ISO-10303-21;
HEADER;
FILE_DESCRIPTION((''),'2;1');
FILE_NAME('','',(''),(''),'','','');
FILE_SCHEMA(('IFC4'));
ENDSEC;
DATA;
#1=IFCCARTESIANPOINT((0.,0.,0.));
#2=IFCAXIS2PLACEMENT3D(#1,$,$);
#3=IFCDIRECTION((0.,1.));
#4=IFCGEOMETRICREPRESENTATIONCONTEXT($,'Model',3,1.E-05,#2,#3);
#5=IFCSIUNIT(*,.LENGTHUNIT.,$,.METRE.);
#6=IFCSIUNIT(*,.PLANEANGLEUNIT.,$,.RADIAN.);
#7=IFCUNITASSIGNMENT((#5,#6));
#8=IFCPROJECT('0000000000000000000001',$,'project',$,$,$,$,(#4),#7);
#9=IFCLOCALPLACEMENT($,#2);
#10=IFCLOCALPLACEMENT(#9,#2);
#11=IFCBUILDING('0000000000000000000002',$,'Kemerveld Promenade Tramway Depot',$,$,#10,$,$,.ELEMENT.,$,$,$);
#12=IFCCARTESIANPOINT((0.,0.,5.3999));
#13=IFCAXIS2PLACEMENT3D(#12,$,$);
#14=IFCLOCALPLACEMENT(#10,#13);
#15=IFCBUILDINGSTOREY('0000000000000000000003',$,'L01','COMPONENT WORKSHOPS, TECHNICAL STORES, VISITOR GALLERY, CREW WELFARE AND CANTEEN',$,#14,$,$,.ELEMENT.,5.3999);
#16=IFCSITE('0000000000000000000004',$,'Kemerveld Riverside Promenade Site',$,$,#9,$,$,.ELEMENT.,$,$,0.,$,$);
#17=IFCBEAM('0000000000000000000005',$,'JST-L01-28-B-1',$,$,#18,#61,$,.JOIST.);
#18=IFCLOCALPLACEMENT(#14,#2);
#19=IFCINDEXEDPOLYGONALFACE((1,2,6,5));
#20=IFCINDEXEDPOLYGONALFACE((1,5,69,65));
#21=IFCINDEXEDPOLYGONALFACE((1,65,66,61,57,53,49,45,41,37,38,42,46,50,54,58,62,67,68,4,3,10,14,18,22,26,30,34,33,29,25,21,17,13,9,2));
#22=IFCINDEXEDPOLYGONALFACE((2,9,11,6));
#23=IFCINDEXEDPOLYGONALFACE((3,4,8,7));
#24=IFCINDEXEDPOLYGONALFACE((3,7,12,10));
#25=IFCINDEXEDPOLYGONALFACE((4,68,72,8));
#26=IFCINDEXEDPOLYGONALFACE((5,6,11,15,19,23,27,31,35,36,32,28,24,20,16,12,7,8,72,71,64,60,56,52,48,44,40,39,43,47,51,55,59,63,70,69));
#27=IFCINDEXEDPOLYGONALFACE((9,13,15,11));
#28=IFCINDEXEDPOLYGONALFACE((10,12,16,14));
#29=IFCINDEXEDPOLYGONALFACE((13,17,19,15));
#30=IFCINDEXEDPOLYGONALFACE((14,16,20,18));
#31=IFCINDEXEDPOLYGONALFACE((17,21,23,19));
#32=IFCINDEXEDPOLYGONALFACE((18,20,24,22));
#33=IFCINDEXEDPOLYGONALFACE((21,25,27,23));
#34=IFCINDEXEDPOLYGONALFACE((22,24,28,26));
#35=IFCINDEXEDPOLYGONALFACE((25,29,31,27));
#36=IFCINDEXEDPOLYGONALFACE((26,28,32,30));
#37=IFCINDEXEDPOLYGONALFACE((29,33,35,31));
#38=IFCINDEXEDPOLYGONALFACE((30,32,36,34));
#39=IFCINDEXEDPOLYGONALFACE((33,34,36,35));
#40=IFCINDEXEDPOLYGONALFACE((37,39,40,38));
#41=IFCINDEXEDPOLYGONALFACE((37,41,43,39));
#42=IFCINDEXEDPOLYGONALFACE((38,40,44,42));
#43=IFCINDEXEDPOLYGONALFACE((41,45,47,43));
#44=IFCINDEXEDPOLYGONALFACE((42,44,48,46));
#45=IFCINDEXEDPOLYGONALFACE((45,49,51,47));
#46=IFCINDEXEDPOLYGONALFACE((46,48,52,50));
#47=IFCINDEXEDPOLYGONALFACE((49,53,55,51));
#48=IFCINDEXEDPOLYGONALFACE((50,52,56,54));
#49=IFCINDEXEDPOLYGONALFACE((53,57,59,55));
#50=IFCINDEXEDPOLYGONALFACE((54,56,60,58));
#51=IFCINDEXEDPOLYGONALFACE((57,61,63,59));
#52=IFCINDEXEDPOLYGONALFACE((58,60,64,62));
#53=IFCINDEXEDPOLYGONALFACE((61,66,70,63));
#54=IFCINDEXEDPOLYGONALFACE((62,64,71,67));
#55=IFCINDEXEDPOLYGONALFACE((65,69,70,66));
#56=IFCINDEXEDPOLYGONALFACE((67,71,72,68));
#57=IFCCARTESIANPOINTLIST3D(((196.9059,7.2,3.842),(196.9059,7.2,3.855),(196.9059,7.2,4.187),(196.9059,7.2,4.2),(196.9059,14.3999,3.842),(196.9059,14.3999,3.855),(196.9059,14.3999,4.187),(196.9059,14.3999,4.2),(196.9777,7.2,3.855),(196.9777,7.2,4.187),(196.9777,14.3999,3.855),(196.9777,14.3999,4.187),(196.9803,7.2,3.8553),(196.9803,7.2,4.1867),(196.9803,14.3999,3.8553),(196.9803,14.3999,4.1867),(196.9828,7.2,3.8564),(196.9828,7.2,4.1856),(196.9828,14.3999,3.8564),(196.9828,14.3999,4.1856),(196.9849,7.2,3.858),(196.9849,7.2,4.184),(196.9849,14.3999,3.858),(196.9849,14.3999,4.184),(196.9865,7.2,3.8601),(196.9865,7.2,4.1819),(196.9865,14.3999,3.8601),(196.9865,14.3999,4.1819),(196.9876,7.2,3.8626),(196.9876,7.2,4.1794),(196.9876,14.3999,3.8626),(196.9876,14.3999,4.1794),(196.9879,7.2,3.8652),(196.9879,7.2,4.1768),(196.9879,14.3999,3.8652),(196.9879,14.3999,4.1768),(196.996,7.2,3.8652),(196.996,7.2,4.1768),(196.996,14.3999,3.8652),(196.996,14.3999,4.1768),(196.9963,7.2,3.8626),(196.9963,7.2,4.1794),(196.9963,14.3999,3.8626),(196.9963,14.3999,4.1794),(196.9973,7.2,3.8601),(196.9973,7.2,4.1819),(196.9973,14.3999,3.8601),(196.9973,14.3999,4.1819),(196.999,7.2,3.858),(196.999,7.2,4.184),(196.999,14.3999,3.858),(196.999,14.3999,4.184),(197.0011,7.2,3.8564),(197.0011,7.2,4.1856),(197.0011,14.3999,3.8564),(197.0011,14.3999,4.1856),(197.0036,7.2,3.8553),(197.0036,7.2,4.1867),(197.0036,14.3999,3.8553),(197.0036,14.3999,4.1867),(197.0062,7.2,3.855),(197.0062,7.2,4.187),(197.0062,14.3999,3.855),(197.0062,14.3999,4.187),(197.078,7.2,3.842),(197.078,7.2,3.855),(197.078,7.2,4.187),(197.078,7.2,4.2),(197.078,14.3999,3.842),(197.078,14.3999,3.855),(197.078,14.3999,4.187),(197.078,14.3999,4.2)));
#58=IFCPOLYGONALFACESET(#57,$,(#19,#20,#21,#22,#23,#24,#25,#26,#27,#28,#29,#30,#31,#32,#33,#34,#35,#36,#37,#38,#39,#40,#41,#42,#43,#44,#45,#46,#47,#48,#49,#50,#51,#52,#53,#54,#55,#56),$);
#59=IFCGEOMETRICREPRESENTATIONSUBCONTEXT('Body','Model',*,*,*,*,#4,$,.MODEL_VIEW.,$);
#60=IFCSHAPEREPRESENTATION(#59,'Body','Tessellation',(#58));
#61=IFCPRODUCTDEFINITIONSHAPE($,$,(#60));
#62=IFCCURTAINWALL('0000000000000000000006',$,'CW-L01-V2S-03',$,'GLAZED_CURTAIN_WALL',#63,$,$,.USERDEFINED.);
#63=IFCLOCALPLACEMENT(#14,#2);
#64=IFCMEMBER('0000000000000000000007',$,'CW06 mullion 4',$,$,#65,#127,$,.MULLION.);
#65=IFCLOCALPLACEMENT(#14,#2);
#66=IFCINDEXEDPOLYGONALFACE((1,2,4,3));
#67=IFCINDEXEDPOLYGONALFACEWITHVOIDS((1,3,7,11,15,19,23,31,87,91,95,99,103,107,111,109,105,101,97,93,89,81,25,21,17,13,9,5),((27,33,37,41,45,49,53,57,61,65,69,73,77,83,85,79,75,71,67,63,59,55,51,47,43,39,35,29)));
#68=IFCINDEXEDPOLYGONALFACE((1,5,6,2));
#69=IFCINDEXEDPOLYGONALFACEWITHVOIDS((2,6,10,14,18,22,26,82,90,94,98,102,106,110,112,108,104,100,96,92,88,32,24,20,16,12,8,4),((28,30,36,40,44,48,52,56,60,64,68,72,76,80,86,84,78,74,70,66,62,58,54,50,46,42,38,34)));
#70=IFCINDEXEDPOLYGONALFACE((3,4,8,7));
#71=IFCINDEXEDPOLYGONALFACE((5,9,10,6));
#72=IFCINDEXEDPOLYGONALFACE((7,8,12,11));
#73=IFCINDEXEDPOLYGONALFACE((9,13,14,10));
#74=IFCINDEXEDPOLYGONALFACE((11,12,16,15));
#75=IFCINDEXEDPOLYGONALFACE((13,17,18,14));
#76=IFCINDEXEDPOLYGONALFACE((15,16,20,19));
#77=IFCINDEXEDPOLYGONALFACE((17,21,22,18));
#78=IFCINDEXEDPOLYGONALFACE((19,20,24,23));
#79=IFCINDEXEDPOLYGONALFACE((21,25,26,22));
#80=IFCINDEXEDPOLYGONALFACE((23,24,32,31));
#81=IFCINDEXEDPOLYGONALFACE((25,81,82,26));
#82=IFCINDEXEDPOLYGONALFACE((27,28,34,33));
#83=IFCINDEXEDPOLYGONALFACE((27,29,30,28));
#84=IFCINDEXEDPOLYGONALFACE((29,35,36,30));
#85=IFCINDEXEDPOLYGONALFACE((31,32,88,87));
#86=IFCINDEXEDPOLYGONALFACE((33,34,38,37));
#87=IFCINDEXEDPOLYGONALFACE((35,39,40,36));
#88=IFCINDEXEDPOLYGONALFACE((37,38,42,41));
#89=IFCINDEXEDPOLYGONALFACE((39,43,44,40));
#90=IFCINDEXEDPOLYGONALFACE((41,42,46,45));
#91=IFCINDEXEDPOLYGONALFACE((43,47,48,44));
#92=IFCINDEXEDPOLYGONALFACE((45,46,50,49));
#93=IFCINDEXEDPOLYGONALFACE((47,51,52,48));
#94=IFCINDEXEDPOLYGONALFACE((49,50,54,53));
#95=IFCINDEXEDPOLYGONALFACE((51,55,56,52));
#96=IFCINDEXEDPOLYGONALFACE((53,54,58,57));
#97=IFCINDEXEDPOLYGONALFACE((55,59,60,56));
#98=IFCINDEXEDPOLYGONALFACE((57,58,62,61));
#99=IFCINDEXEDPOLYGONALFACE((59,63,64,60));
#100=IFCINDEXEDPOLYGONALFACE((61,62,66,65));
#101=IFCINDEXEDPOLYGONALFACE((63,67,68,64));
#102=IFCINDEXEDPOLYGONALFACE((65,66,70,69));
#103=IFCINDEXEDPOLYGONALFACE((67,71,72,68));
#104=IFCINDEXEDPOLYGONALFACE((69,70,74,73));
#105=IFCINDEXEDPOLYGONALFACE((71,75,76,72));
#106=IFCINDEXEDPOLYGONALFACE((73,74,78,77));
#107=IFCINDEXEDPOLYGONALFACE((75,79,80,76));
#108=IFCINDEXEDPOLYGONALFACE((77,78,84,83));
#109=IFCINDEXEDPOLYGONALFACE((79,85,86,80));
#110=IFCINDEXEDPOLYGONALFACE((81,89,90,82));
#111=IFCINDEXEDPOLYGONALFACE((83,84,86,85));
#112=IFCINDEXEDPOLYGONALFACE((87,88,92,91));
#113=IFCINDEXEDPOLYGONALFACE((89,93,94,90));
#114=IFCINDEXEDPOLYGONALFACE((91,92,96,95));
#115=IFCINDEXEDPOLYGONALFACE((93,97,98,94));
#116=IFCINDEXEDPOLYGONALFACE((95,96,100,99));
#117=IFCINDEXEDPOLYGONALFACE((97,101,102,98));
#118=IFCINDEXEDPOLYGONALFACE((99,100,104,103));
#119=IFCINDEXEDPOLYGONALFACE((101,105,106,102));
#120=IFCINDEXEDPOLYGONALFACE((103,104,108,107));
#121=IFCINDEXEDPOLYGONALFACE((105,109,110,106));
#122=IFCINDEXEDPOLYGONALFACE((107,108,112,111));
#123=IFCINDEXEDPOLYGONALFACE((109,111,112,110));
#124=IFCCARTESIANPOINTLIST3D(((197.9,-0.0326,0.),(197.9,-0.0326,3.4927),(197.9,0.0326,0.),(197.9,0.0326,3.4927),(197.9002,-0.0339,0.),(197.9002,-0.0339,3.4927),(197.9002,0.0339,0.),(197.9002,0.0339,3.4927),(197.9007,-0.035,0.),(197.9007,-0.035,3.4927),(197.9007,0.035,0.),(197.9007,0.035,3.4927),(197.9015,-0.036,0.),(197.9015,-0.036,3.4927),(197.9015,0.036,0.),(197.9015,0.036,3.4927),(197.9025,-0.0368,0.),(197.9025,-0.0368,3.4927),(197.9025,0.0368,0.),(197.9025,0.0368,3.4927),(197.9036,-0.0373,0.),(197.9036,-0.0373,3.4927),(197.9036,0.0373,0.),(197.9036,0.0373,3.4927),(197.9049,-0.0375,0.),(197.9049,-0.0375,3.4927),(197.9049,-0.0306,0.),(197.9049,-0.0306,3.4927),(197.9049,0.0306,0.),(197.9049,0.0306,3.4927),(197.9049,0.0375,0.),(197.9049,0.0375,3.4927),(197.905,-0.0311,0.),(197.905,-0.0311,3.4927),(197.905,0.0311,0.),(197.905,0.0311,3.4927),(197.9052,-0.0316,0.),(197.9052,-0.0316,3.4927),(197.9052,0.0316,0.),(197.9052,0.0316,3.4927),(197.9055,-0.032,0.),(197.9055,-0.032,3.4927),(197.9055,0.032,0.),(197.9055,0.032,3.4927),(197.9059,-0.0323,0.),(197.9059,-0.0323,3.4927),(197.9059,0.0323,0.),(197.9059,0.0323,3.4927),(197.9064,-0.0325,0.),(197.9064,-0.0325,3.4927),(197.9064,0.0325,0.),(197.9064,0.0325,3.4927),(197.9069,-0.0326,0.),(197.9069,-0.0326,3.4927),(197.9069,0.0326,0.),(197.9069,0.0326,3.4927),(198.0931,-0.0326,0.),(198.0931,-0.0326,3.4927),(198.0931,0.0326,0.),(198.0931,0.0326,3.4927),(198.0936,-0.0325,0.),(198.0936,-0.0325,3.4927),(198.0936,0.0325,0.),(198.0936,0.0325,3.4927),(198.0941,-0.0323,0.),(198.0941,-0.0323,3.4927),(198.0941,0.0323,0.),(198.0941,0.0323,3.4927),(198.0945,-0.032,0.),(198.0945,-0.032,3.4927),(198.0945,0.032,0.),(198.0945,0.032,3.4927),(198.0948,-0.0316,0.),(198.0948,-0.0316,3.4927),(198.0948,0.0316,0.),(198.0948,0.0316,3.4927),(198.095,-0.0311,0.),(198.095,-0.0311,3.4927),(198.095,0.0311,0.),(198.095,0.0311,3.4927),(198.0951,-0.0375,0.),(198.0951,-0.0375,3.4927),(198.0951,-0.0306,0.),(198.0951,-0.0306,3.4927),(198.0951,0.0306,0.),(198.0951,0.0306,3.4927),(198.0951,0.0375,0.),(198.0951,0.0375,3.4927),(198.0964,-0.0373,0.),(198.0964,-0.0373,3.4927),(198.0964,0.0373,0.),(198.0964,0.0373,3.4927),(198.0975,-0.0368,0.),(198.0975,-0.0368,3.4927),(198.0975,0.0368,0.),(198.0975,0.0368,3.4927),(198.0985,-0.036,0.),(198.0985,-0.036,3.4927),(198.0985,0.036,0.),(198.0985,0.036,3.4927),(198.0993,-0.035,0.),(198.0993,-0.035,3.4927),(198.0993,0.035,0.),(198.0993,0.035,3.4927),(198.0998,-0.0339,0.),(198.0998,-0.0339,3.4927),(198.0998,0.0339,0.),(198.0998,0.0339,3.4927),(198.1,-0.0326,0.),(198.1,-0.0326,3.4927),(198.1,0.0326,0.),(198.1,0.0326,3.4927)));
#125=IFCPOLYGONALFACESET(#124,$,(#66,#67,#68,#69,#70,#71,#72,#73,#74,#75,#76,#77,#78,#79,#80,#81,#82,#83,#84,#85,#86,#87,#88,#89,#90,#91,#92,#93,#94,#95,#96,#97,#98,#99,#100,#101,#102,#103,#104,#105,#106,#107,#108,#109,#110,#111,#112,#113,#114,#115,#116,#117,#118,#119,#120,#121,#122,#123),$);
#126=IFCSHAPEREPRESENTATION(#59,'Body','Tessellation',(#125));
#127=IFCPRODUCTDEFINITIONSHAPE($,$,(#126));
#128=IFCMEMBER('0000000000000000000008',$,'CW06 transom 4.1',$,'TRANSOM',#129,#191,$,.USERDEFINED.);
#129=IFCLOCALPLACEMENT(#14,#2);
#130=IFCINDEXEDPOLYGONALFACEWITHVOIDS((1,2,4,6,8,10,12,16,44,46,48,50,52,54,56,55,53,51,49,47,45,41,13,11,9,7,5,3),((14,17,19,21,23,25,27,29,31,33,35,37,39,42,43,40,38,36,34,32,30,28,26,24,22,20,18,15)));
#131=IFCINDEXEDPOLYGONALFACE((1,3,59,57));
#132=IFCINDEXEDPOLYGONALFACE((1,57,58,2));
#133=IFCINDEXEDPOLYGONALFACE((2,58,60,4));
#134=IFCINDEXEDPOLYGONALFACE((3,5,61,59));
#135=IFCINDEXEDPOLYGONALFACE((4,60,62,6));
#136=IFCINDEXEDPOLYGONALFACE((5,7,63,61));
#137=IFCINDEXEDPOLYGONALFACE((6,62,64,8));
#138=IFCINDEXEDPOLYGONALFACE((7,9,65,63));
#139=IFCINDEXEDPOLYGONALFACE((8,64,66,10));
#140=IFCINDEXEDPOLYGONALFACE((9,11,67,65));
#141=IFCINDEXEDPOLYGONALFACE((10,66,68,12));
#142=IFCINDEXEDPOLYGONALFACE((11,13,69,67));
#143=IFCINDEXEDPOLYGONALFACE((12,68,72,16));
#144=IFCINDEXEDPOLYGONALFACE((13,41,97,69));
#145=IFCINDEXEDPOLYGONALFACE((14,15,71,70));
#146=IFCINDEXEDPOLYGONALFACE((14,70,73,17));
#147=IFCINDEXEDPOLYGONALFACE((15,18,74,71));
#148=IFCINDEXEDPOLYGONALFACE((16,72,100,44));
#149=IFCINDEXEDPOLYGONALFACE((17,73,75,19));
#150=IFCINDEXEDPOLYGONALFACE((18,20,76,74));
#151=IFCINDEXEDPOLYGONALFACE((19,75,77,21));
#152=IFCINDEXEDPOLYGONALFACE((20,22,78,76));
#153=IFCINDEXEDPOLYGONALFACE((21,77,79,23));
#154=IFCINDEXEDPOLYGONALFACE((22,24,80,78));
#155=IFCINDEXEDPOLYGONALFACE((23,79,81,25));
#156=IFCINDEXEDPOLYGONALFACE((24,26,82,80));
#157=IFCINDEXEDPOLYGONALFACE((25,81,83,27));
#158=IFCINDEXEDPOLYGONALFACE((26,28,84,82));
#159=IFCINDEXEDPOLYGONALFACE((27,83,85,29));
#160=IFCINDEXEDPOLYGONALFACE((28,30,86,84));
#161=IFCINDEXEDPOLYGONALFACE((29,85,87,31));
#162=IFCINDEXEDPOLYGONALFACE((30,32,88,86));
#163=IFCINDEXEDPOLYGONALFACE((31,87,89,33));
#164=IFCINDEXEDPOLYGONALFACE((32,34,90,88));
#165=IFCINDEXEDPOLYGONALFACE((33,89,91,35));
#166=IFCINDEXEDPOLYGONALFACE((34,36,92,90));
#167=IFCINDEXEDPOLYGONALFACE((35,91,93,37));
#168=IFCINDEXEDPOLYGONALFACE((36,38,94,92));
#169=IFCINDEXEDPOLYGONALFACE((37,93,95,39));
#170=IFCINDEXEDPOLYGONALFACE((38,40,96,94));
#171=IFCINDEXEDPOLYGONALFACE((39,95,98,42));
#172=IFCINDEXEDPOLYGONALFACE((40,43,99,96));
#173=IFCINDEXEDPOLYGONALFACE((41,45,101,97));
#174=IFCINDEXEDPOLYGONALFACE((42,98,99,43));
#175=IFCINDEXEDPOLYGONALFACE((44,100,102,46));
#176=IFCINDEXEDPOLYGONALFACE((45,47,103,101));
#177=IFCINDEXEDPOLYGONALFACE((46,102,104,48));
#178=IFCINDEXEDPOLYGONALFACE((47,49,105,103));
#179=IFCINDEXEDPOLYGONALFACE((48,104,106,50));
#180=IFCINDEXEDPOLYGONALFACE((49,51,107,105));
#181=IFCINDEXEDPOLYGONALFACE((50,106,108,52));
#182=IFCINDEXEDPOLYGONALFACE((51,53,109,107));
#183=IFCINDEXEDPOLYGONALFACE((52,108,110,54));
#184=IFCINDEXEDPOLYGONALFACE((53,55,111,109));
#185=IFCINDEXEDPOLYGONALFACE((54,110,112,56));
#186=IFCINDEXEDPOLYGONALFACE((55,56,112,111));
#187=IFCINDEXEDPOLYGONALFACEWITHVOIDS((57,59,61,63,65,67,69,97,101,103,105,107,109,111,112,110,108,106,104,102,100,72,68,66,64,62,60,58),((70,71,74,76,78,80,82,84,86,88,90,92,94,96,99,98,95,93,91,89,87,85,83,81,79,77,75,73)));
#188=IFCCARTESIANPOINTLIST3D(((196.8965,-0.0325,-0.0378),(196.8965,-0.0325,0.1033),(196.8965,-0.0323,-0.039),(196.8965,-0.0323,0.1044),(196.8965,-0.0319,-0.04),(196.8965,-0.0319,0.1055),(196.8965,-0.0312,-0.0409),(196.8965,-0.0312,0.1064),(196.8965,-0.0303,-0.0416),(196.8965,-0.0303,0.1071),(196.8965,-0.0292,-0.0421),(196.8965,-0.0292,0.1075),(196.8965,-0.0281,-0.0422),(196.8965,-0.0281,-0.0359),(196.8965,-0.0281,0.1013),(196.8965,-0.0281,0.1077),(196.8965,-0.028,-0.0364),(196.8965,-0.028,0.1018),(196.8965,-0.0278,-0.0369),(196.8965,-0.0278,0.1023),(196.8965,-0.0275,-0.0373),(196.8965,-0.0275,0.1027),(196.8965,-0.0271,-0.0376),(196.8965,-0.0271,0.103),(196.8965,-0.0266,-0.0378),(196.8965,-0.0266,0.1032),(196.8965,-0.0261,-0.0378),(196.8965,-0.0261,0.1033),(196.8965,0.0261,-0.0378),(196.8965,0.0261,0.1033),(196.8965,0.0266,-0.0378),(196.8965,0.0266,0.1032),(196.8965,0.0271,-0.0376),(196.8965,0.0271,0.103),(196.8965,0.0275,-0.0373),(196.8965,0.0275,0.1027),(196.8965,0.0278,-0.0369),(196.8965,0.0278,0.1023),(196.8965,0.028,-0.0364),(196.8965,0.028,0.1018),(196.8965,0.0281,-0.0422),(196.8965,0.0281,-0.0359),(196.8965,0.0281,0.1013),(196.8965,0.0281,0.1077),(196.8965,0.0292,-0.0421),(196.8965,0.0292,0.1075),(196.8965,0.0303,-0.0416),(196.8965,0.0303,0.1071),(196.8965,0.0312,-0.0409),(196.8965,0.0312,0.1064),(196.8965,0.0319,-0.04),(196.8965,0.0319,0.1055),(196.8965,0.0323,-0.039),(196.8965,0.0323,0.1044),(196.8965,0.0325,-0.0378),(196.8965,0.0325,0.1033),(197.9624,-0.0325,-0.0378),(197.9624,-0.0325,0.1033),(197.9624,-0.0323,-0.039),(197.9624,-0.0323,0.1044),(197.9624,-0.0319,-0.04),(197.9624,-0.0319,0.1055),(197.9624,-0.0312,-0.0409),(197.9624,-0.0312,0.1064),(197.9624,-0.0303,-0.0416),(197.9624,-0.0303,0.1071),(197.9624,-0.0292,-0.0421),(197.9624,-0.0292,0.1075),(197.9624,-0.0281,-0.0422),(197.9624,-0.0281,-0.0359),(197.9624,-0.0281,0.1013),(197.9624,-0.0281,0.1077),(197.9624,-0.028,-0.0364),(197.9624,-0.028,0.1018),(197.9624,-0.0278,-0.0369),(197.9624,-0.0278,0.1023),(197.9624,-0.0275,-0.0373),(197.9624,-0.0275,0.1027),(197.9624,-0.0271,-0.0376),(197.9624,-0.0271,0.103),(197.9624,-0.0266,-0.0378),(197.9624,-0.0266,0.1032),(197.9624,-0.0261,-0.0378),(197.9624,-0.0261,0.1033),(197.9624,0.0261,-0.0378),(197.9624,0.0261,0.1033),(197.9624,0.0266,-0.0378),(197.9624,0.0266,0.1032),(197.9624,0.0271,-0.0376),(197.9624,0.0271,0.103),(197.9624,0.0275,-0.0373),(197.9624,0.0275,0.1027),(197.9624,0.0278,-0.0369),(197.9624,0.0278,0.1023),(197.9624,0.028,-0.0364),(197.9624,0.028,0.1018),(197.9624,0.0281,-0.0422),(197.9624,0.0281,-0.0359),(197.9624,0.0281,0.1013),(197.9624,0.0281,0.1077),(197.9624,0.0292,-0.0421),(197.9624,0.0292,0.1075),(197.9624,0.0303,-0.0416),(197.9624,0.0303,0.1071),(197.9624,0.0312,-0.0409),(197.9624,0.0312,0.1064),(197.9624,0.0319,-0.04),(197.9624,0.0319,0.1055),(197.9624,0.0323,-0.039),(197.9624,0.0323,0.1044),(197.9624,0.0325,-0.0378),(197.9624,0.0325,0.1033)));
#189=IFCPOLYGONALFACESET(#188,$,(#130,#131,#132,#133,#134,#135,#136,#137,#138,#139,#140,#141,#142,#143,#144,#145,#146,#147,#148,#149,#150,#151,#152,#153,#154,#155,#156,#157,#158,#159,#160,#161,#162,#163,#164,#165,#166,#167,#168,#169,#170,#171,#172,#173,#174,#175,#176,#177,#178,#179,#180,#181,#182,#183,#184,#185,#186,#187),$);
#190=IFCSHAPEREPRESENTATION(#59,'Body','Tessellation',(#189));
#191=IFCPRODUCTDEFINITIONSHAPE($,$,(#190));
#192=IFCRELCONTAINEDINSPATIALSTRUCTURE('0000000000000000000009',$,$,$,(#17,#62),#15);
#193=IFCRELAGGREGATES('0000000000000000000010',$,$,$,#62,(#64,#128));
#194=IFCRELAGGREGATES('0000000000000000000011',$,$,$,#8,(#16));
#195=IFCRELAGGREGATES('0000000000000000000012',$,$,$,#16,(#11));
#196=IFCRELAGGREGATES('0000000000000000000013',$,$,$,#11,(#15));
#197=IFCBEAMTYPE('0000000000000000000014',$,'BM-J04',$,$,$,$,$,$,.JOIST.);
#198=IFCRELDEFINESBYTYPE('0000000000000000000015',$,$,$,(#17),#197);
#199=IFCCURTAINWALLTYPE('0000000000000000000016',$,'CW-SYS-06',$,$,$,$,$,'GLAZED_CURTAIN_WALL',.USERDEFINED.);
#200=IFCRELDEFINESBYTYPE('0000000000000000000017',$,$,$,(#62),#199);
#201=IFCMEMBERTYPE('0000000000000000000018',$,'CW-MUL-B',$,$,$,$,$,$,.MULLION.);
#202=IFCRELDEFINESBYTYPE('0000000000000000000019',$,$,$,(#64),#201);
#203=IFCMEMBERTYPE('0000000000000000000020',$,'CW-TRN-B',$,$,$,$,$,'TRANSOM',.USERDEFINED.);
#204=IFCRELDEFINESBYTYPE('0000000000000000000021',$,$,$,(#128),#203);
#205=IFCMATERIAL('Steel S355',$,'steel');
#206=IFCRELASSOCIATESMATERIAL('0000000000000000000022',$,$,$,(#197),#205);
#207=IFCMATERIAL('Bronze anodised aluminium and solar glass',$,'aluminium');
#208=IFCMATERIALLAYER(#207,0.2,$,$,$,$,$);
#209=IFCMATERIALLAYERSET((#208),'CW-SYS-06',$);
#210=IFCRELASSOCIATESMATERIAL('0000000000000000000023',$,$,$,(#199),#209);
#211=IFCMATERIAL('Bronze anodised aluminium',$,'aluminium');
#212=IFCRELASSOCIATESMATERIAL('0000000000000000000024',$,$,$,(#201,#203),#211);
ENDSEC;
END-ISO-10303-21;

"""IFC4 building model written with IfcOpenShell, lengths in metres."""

from ifc_helpers import new_model, si_unit, direction, frame, origin, origin_2d, place, context, subcontext, project, spatial, hollow_rectangle, i_section, extrude, material, layer, layer_set, material_profile, profile_set, type_object, element, aggregate, save


model = new_model("IFC4")

# Units and contexts
model_context = context("Model", 3, precision=1e-05, world=origin(), true_north=direction((0.0, 1.0)))
body_context = subcontext(model_context, "Body", "Model", "MODEL_VIEW")
ifc_project = project(units=[si_unit("LENGTHUNIT", "METRE"), si_unit("PLANEANGLEUNIT", "RADIAN")], contexts=[model_context])

# Site, building, storey
site_placement = place(None, origin())
site = spatial("IfcSite", under=ifc_project, at=site_placement, Name="Kemerveld Riverside Promenade Site", CompositionType="ELEMENT", RefElevation=0.0)
building_placement = place(site_placement, origin())
building = spatial("IfcBuilding", under=site, at=building_placement, Name="Kemerveld Promenade Tramway Depot", CompositionType="ELEMENT")
storey_placement = place(building_placement, frame((0.0, 0.0, 5.3999)))
storey = spatial("IfcBuildingStorey", under=building, at=storey_placement, Name="L01", Description="COMPONENT WORKSHOPS, TECHNICAL STORES, VISITOR GALLERY, CREW WELFARE AND CANTEEN", CompositionType="ELEMENT", Elevation=5.3999)

# Shared definitions
ifc_material_1 = material(Name="Steel S355", Category="steel")

# Beam
ifc_material_profile_1 = material_profile(ifc_material_1, i_section(OverallWidth=0.1721, OverallDepth=0.3579, WebThickness=0.0081, FlangeThickness=0.0129, FilletRadius=0.0103, at=origin_2d()), Name="356x171x57 UB")
ifc_profile_set_1 = profile_set([ifc_material_profile_1], Name="Steel S355")
beam_type_1 = type_object("IfcBeamType", Name="BM-J04", PredefinedType="JOIST", material=ifc_profile_set_1)
beam_1_placement = place(storey_placement, frame((196.9919, 7.2, 4.021), z_axis=(0.0, 1.0, 0.0), x_axis=(-1.0, 0.0, 0.0)))
element("IfcBeam", 1, at=beam_1_placement, inside=storey, type_object=beam_type_1, Name="JST-L01-28-B-1", PredefinedType="JOIST", context=body_context, shape_type="SweptSolid", body=[
    extrude(i_section(OverallWidth=0.1721, OverallDepth=0.3579, WebThickness=0.0081, FlangeThickness=0.0129, FilletRadius=0.0103, at=origin_2d()), origin(), (0.0, 0.0, 1.0), 7.2),
])

# Curtain wall, members
ifc_material_2 = material(Name="Bronze anodised aluminium and solar glass", Category="aluminium")
ifc_layer_1 = layer(ifc_material_2, 0.2)
ifc_layer_set_1 = layer_set([ifc_layer_1], Name="CW-SYS-06")
curtain_wall_type = type_object("IfcCurtainWallType", Name="CW-SYS-06", ElementType="GLAZED_CURTAIN_WALL", PredefinedType="USERDEFINED", material=ifc_layer_set_1)
curtain_wall_placement = place(storey_placement, origin())
curtain_wall = element("IfcCurtainWall", 2, at=curtain_wall_placement, inside=storey, type_object=curtain_wall_type, Name="CW-L01-V2S-03", ObjectType="GLAZED_CURTAIN_WALL", PredefinedType="USERDEFINED")
ifc_material_3 = material(Name="Bronze anodised aluminium", Category="aluminium")
ifc_material_profile_2 = material_profile(ifc_material_3, hollow_rectangle(XDim=0.075, YDim=0.2, WallThickness=0.0049, InnerFilletRadius=0.002, OuterFilletRadius=0.0049, at=origin_2d()), Name="CW-MUL-200x75")
ifc_profile_set_2 = profile_set([ifc_material_profile_2], Name="Bronze anodised aluminium")
member_type_1 = type_object("IfcMemberType", Name="CW-MUL-B", PredefinedType="MULLION", material=ifc_profile_set_2)
member_1_placement = place(storey_placement, frame((198.0, 0.0, 0.0), z_axis=(0.0, 0.0, 1.0), x_axis=(0.0, -1.0, 0.0)))
member_1 = element("IfcMember", 3, at=member_1_placement, type_object=member_type_1, Name="CW06 mullion 4", PredefinedType="MULLION", context=body_context, shape_type="SweptSolid", body=[
    extrude(hollow_rectangle(XDim=0.075, YDim=0.2, WallThickness=0.0049, InnerFilletRadius=0.002, OuterFilletRadius=0.0049, at=origin_2d()), origin(), (0.0, 0.0, 1.0), 3.4927),
])
ifc_material_profile_3 = material_profile(ifc_material_3, hollow_rectangle(XDim=0.0649, YDim=0.1499, WallThickness=0.0044, InnerFilletRadius=0.002, OuterFilletRadius=0.0044, at=origin_2d()), Name="CW-TRN-150x65")
ifc_profile_set_3 = profile_set([ifc_material_profile_3], Name="Bronze anodised aluminium")
member_type_2 = type_object("IfcMemberType", Name="CW-TRN-B", ElementType="TRANSOM", PredefinedType="USERDEFINED", material=ifc_profile_set_3)
member_2_placement = place(storey_placement, frame((197.9624, 0.0, 0.0327), z_axis=(-1.0, 0.0, 0.0), x_axis=(0.0, -1.0, 0.0)))
member_2 = element("IfcMember", 4, at=member_2_placement, type_object=member_type_2, Name="CW06 transom 4.1", ObjectType="TRANSOM", PredefinedType="USERDEFINED", context=body_context, shape_type="SweptSolid", body=[
    extrude(hollow_rectangle(XDim=0.0649, YDim=0.1499, WallThickness=0.0044, InnerFilletRadius=0.002, OuterFilletRadius=0.0044, at=origin_2d()), origin(), (0.0, 0.0, 1.0), 1.0659),
])
aggregate(curtain_wall, [member_1, member_2])

save(model, "model.ifc")
